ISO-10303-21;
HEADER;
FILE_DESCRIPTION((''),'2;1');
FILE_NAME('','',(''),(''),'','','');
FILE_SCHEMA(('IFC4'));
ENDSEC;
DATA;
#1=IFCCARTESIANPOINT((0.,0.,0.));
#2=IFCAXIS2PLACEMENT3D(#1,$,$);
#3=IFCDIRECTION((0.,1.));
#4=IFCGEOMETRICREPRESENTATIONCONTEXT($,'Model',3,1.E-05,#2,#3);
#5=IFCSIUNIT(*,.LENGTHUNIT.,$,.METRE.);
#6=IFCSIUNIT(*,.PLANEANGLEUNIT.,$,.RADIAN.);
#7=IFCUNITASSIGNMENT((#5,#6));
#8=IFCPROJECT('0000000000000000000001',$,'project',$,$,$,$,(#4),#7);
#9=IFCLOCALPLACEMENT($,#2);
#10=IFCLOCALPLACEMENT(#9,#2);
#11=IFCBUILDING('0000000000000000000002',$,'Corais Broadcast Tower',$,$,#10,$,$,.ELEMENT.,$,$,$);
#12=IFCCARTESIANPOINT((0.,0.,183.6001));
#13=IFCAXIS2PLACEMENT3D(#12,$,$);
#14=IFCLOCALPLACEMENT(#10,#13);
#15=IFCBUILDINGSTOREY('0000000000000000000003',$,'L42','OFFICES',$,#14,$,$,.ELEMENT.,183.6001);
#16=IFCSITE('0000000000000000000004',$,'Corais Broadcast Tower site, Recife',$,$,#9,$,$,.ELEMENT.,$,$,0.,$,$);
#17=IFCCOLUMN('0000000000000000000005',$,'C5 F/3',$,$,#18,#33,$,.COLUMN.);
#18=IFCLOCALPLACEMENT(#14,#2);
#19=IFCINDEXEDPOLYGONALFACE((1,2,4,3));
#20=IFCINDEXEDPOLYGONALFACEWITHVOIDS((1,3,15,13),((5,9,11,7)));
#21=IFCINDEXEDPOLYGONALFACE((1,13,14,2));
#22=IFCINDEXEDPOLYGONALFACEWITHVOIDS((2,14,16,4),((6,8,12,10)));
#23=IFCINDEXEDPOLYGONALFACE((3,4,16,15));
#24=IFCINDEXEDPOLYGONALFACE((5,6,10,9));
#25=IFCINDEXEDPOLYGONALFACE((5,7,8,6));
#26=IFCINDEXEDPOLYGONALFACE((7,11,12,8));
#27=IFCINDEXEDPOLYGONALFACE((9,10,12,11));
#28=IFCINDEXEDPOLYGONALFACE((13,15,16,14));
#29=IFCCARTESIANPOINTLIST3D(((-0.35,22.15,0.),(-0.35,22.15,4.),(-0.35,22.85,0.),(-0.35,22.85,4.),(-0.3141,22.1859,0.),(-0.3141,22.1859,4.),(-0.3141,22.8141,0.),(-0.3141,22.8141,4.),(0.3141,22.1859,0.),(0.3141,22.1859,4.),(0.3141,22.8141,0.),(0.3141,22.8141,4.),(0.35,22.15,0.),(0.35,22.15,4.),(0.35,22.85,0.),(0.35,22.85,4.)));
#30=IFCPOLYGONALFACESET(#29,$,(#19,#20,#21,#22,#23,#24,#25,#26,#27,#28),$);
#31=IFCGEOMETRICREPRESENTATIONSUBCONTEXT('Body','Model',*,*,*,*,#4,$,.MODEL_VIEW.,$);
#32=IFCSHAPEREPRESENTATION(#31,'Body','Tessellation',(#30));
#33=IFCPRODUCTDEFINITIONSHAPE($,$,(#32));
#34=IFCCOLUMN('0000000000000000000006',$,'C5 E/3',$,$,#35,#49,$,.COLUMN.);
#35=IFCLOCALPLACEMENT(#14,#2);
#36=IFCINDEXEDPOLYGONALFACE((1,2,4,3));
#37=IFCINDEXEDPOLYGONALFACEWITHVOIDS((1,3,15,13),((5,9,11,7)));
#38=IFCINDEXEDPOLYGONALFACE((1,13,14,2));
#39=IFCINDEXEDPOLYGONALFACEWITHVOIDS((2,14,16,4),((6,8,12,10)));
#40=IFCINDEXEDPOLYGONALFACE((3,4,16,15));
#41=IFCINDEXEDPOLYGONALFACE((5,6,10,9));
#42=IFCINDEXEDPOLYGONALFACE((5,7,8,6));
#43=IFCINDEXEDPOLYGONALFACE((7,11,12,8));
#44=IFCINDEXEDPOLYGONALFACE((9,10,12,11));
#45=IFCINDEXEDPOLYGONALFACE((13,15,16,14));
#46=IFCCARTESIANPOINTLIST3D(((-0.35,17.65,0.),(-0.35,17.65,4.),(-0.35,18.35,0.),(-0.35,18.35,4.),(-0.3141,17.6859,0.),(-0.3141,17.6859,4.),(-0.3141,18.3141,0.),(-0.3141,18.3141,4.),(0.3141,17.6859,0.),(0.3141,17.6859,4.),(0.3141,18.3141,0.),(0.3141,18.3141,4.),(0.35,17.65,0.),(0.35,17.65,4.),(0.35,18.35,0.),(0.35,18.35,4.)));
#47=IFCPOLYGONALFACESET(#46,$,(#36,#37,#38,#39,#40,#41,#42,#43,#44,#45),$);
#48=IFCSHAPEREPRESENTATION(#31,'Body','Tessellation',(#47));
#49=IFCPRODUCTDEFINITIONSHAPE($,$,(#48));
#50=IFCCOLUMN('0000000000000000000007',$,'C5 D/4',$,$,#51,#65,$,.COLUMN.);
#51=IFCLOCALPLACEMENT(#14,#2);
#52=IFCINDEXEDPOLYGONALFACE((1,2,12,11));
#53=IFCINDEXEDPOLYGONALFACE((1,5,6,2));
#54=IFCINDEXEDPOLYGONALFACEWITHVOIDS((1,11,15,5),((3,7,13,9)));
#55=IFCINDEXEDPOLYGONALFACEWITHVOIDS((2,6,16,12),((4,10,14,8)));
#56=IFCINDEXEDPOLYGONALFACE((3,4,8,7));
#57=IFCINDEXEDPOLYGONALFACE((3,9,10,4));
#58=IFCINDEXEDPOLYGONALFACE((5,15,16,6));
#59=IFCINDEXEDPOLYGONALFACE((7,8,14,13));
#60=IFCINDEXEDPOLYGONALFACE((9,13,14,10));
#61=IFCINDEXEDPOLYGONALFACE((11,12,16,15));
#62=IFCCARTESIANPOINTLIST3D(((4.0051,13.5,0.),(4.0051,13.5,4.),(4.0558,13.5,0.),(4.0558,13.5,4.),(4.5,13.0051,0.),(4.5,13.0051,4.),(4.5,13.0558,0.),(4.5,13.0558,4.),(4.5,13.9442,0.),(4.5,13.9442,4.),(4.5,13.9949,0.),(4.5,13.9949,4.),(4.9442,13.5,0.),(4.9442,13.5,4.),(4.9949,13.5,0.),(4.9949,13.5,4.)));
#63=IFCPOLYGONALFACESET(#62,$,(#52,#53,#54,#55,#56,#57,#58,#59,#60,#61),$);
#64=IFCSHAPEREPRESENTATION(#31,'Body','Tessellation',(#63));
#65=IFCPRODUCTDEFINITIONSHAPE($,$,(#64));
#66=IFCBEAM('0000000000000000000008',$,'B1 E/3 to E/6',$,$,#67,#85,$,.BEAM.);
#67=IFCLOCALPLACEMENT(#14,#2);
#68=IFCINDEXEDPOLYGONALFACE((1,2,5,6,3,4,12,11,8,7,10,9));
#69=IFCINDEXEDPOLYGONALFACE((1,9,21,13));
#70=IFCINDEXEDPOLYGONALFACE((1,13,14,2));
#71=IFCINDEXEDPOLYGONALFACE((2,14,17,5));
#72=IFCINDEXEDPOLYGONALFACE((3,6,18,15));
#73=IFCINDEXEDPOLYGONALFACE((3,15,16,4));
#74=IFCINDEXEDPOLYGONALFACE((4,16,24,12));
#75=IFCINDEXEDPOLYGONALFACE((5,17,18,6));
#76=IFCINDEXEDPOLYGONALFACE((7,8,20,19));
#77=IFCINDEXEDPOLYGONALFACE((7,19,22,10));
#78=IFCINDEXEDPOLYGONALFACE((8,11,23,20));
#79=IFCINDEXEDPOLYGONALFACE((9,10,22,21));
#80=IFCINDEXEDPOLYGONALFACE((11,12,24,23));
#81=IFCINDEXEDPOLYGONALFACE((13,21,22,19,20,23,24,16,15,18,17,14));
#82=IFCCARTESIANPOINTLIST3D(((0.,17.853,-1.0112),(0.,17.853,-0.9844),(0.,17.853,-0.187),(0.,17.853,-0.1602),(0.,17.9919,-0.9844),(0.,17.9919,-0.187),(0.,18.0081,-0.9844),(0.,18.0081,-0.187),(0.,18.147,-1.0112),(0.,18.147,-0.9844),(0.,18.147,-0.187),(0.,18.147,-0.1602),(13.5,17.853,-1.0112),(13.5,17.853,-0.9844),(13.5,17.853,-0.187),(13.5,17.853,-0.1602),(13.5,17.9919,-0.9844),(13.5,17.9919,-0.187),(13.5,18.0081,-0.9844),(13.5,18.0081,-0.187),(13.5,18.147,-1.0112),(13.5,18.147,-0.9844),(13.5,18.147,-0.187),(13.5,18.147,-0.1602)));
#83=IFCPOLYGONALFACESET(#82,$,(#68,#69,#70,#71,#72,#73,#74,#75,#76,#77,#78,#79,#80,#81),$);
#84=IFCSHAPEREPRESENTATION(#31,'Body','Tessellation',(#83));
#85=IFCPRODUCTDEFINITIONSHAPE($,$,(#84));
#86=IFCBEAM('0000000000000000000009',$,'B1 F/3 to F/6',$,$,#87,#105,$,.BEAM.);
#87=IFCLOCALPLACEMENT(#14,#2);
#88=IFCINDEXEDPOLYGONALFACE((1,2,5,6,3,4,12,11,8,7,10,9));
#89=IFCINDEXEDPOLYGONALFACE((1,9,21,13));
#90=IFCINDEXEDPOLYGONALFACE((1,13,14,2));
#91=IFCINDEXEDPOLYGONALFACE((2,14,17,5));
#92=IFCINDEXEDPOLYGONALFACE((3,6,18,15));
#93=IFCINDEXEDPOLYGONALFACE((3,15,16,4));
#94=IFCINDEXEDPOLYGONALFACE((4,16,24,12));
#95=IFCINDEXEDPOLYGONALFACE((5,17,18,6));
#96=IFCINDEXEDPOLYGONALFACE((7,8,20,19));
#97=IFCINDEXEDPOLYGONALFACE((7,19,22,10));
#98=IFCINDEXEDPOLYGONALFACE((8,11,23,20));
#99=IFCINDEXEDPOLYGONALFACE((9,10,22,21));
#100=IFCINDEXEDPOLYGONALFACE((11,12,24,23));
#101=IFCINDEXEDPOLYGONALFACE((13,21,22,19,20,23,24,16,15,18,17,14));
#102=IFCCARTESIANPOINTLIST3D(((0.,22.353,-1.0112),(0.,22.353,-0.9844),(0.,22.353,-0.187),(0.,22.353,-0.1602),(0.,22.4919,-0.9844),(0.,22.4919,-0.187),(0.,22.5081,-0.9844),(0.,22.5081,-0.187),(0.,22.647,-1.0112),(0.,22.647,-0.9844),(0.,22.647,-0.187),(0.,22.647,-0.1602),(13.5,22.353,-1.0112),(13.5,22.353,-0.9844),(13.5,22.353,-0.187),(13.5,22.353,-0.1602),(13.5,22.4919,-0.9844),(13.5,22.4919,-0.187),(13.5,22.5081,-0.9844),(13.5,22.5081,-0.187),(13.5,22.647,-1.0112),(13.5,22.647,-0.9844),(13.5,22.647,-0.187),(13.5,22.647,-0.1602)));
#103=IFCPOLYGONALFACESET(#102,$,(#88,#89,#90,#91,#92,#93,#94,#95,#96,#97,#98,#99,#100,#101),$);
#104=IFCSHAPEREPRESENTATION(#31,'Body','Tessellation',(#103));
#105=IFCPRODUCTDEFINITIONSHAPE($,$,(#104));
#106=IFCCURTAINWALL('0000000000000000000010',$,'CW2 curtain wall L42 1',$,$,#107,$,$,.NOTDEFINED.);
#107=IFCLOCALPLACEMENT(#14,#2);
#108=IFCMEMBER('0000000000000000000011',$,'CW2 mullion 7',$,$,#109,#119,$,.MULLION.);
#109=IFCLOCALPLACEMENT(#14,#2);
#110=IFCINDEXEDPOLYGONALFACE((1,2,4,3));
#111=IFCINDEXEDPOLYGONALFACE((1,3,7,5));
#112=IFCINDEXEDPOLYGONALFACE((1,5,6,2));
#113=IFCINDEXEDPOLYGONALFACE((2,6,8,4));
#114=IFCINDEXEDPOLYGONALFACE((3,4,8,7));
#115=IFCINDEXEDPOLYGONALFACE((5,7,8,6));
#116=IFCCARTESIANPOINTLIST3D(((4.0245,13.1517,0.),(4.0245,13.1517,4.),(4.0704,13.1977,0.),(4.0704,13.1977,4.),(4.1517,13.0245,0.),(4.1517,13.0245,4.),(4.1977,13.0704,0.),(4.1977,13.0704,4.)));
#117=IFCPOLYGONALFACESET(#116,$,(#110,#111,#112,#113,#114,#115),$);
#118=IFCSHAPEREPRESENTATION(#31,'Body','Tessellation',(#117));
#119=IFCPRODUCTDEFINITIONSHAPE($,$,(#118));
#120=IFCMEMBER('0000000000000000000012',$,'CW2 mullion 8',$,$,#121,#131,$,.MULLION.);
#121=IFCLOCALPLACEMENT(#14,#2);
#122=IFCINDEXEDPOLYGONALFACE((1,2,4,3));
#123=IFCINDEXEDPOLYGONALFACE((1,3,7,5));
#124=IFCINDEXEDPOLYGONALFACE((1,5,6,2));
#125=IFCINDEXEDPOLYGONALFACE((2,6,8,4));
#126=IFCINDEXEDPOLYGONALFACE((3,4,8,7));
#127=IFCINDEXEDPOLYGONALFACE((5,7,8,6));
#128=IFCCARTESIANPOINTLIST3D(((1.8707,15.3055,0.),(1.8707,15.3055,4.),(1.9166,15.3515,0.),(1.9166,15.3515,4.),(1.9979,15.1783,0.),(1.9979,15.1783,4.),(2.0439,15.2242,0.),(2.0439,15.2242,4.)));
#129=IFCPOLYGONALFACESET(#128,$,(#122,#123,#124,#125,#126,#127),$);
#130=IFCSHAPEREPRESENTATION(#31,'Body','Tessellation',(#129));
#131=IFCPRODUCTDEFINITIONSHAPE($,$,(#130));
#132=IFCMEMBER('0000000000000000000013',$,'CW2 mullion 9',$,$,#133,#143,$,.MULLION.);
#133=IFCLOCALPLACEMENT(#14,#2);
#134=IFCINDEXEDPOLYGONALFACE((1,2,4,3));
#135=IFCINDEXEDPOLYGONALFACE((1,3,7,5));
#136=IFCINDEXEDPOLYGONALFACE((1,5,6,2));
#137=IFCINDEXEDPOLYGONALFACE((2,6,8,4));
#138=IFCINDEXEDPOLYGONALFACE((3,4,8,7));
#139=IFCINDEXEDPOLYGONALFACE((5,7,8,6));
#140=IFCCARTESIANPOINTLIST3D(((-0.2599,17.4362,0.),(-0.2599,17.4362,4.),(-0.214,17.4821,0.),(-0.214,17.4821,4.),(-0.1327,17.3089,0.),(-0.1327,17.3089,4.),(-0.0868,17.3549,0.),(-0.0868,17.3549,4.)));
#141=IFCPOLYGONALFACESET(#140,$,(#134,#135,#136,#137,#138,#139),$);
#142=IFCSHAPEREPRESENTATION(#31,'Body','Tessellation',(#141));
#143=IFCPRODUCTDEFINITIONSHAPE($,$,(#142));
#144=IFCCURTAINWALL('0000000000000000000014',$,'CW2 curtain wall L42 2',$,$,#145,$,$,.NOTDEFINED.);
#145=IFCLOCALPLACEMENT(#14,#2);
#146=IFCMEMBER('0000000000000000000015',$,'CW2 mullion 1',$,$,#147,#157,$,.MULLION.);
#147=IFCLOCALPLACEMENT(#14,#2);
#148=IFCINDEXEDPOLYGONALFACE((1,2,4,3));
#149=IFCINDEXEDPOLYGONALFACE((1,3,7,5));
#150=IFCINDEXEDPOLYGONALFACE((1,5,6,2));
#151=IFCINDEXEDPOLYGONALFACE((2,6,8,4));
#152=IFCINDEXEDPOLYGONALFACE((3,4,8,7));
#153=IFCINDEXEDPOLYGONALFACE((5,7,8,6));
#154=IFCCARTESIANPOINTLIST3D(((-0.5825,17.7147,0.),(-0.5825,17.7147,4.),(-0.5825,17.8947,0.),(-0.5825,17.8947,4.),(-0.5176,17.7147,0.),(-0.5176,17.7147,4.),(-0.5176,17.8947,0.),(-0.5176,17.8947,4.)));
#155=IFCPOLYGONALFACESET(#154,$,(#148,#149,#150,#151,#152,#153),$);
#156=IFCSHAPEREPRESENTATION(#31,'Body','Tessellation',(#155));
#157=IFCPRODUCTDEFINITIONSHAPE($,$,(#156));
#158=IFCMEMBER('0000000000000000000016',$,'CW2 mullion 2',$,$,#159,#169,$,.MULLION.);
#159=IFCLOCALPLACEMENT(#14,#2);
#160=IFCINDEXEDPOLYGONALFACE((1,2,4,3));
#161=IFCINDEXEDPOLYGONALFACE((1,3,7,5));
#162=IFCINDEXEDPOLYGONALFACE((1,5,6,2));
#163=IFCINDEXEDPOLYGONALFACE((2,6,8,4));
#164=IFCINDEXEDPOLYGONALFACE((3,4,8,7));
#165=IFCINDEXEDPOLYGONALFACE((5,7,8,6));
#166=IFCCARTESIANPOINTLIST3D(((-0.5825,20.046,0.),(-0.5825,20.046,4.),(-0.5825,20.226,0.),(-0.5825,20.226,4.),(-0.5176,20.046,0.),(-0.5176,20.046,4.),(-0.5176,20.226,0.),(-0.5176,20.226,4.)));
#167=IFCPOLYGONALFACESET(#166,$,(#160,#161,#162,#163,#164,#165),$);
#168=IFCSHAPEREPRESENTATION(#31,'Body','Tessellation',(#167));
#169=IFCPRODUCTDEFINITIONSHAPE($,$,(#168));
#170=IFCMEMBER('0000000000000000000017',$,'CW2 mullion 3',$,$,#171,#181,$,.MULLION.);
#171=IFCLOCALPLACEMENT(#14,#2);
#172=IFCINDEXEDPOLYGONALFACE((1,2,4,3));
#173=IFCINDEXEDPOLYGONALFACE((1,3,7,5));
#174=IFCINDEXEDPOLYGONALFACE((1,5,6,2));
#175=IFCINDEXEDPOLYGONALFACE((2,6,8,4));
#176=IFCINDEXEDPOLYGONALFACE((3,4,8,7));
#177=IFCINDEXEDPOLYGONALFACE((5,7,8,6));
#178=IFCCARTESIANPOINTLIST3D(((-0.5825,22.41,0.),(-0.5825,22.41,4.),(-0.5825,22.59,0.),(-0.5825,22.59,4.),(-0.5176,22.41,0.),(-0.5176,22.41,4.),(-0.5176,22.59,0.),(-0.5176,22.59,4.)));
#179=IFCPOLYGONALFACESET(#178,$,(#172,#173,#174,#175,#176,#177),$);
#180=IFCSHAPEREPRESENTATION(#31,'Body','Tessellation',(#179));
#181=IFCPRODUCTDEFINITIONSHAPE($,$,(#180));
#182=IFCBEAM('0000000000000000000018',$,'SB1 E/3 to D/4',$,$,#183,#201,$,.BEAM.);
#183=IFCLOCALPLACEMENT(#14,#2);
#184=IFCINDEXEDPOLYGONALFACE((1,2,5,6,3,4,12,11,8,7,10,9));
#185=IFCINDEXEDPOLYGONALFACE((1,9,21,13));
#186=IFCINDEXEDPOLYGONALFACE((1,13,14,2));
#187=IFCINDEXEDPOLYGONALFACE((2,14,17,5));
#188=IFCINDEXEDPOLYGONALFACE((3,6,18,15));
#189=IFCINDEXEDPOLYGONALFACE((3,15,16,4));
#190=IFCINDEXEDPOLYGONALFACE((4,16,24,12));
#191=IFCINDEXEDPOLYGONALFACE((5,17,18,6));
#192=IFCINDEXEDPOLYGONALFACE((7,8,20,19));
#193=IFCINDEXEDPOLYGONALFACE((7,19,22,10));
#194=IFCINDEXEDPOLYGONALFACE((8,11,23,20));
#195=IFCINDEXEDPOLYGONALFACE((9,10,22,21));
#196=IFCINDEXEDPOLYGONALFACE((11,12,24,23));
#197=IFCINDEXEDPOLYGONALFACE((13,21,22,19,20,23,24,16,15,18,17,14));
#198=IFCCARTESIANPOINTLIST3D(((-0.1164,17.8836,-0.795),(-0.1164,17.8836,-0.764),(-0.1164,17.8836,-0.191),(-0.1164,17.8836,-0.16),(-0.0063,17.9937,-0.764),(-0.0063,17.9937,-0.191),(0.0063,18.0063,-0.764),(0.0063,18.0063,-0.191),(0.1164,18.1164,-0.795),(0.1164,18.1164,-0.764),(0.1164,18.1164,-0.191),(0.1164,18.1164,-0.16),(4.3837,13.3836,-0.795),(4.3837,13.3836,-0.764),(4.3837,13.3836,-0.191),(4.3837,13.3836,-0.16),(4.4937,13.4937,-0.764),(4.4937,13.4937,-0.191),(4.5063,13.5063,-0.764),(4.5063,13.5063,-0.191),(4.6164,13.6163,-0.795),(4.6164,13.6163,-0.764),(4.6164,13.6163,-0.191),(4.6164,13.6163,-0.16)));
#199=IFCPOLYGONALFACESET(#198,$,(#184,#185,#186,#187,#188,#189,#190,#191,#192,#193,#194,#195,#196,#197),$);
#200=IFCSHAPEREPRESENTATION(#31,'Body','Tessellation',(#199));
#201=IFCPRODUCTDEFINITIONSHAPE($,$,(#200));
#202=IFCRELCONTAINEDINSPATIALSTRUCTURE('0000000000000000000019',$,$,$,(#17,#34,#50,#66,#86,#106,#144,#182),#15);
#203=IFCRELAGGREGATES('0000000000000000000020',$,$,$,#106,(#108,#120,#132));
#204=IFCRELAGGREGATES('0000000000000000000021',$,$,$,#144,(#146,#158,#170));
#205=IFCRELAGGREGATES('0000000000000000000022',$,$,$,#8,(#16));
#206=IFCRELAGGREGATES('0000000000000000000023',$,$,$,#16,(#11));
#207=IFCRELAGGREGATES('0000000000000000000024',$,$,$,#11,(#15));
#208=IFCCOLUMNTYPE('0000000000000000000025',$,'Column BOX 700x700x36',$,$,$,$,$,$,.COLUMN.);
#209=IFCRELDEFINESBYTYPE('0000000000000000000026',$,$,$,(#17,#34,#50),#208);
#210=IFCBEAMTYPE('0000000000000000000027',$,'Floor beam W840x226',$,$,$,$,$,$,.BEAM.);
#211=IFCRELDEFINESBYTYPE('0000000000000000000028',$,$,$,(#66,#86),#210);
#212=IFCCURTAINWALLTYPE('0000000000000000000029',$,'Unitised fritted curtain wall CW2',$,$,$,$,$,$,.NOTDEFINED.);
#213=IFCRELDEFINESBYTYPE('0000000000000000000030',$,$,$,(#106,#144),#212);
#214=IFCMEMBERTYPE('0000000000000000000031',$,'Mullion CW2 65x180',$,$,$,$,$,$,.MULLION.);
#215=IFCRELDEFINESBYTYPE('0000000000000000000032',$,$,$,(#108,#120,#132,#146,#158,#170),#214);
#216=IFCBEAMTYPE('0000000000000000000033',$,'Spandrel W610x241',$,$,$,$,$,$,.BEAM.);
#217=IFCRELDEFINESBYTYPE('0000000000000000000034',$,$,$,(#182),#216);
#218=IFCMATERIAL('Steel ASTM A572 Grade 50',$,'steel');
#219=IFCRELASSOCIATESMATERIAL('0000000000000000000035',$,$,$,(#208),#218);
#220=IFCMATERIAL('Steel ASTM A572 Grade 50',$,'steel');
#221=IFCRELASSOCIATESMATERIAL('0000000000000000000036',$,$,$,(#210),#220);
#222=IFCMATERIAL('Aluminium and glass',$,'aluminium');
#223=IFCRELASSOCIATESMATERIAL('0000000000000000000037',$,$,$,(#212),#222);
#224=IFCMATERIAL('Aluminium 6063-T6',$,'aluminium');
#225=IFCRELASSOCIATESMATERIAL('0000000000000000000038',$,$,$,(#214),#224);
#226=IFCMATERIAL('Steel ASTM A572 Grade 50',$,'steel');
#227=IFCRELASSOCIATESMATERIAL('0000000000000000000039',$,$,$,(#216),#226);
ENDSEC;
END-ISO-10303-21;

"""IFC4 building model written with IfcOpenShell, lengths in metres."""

from ifc_helpers import new_model, si_unit, direction, frame, origin, origin_2d, place, context, subcontext, project, spatial, rectangle, hollow_rectangle, i_section, extrude, material, material_profile, profile_set, type_object, element, aggregate, save


model = new_model("IFC4")

# Units and contexts
model_context = context("Model", 3, precision=1e-05, world=origin(), true_north=direction((0.0, 1.0)))
body_context = subcontext(model_context, "Body", "Model", "MODEL_VIEW")
ifc_project = project(units=[si_unit("LENGTHUNIT", "METRE"), si_unit("PLANEANGLEUNIT", "RADIAN")], contexts=[model_context])

# Site, building, storey
site_placement = place(None, origin())
site = spatial("IfcSite", under=ifc_project, at=site_placement, Name="Corais Broadcast Tower site, Recife", CompositionType="ELEMENT", RefElevation=0.0)
building_placement = place(site_placement, origin())
building = spatial("IfcBuilding", under=site, at=building_placement, Name="Corais Broadcast Tower", CompositionType="ELEMENT")
storey_placement = place(building_placement, frame((0.0, 0.0, 183.6001)))
storey = spatial("IfcBuildingStorey", under=building, at=storey_placement, Name="L42", Description="OFFICES", CompositionType="ELEMENT", Elevation=183.6001)

# Columns
ifc_material_1 = material(Name="Steel ASTM A572 Grade 50", Category="steel")
ifc_material_profile_1 = material_profile(ifc_material_1, hollow_rectangle(XDim=0.7, YDim=0.7, WallThickness=0.0359, at=origin_2d()), Name="BOX 700x700x36")
ifc_profile_set_1 = profile_set([ifc_material_profile_1], Name="Steel ASTM A572 Grade 50")
column_type = type_object("IfcColumnType", Name="Column BOX 700x700x36", PredefinedType="COLUMN", material=ifc_profile_set_1)
for number, where, z_axis, x_axis, name in (
    (1, (0.0, 22.5, 0.0), (0.0, 0.0, 1.0), (1.0, 0.0, 0.0), "C5 F/3"),
    (2, (0.0, 18.0, 0.0), (0.0, 0.0, 1.0), (1.0, 0.0, 0.0), "C5 E/3"),
    (3, (4.5, 13.5, 0.0), (0.0, 0.0, 1.0), (0.707107, 0.707107, 0.0), "C5 D/4"),
):
    element("IfcColumn", number, at=place(storey_placement, frame(where, z_axis=z_axis, x_axis=x_axis)), inside=storey, type_object=column_type, Name=name, PredefinedType="COLUMN", context=body_context, shape_type="SweptSolid", body=[
        extrude(hollow_rectangle(XDim=0.7, YDim=0.7, WallThickness=0.0359, at=origin_2d()), origin(), (0.0, 0.0, 1.0), 4.0),
    ])

# Beams
ifc_material_2 = material(Name="Steel ASTM A572 Grade 50", Category="steel")
ifc_material_profile_2 = material_profile(ifc_material_2, i_section(OverallWidth=0.2939, OverallDepth=0.8511, WebThickness=0.0161, FlangeThickness=0.0269, at=origin_2d()), Name="W840x226")
ifc_profile_set_2 = profile_set([ifc_material_profile_2], Name="Steel ASTM A572 Grade 50")
beam_type_1 = type_object("IfcBeamType", Name="Floor beam W840x226", PredefinedType="BEAM", material=ifc_profile_set_2)
for number, where, z_axis, x_axis, name in (
    (4, (0.0, 18.0, -0.5857), (1.0, 0.0, 0.0), (0.0, 1.0, 0.0), "B1 E/3 to E/6"),
    (5, (0.0, 22.5, -0.5857), (1.0, 0.0, 0.0), (0.0, 1.0, 0.0), "B1 F/3 to F/6"),
):
    element("IfcBeam", number, at=place(storey_placement, frame(where, z_axis=z_axis, x_axis=x_axis)), inside=storey, type_object=beam_type_1, Name=name, PredefinedType="BEAM", context=body_context, shape_type="SweptSolid", body=[
        extrude(i_section(OverallWidth=0.2939, OverallDepth=0.8511, WebThickness=0.0161, FlangeThickness=0.0269, at=origin_2d()), origin(), (0.0, 0.0, 1.0), 13.5),
    ])

# Curtain walls, members
ifc_material_3 = material(Name="Aluminium and glass", Category="aluminium")
curtain_wall_type = type_object("IfcCurtainWallType", Name="Unitised fritted curtain wall CW2", PredefinedType="NOTDEFINED", material=ifc_material_3)
curtain_wall_1_placement = place(storey_placement, origin())
curtain_wall_1 = element("IfcCurtainWall", 6, at=curtain_wall_1_placement, inside=storey, type_object=curtain_wall_type, Name="CW2 curtain wall L42 1", PredefinedType="NOTDEFINED")
ifc_material_4 = material(Name="Aluminium 6063-T6", Category="aluminium")
ifc_material_profile_3 = material_profile(ifc_material_4, rectangle(XDim=0.0649, YDim=0.1799, at=origin_2d()), Name="Mullion CW2 65x180")
ifc_profile_set_3 = profile_set([ifc_material_profile_3], Name="Aluminium 6063-T6")
member_type_1 = type_object("IfcMemberType", Name="Mullion CW2 65x180", PredefinedType="MULLION", material=ifc_profile_set_3)
member_1_placement = place(storey_placement, frame((4.1111, 13.1111, 0.0), z_axis=(0.0, 0.0, 1.0), x_axis=(-0.707107, -0.707107, 0.0)))
member_1 = element("IfcMember", 7, at=member_1_placement, type_object=member_type_1, Name="CW2 mullion 7", PredefinedType="MULLION", context=body_context, shape_type="SweptSolid", body=[
    extrude(rectangle(XDim=0.0649, YDim=0.1799, at=origin_2d()), origin(), (0.0, 0.0, 1.0), 4.0),
])
member_2_placement = place(storey_placement, frame((1.9573, 15.2649, 0.0), z_axis=(0.0, 0.0, 1.0), x_axis=(-0.707107, -0.707107, 0.0)))
member_2 = element("IfcMember", 8, at=member_2_placement, type_object=member_type_1, Name="CW2 mullion 8", PredefinedType="MULLION", context=body_context, shape_type="SweptSolid", body=[
    extrude(rectangle(XDim=0.0649, YDim=0.1799, at=origin_2d()), origin(), (0.0, 0.0, 1.0), 4.0),
])
member_3_placement = place(storey_placement, frame((-0.1733, 17.3955, 0.0), z_axis=(0.0, 0.0, 1.0), x_axis=(-0.707107, -0.707107, 0.0)))
member_3 = element("IfcMember", 9, at=member_3_placement, type_object=member_type_1, Name="CW2 mullion 9", PredefinedType="MULLION", context=body_context, shape_type="SweptSolid", body=[
    extrude(rectangle(XDim=0.0649, YDim=0.1799, at=origin_2d()), origin(), (0.0, 0.0, 1.0), 4.0),
])
curtain_wall_2_placement = place(storey_placement, origin())
curtain_wall_2 = element("IfcCurtainWall", 10, at=curtain_wall_2_placement, inside=storey, type_object=curtain_wall_type, Name="CW2 curtain wall L42 2", PredefinedType="NOTDEFINED")
member_4_placement = place(storey_placement, frame((-0.55, 17.8047, 0.0), z_axis=(0.0, 0.0, 1.0), x_axis=(-1.0, 0.0, 0.0)))
member_4 = element("IfcMember", 11, at=member_4_placement, type_object=member_type_1, Name="CW2 mullion 1", PredefinedType="MULLION", context=body_context, shape_type="SweptSolid", body=[
    extrude(rectangle(XDim=0.0649, YDim=0.1799, at=origin_2d()), origin(), (0.0, 0.0, 1.0), 4.0),
])
member_5_placement = place(storey_placement, frame((-0.55, 20.136, 0.0), z_axis=(0.0, 0.0, 1.0), x_axis=(-1.0, 0.0, 0.0)))
member_5 = element("IfcMember", 12, at=member_5_placement, type_object=member_type_1, Name="CW2 mullion 2", PredefinedType="MULLION", context=body_context, shape_type="SweptSolid", body=[
    extrude(rectangle(XDim=0.0649, YDim=0.1799, at=origin_2d()), origin(), (0.0, 0.0, 1.0), 4.0),
])
member_6_placement = place(storey_placement, frame((-0.55, 22.5, 0.0), z_axis=(0.0, 0.0, 1.0), x_axis=(-1.0, 0.0, 0.0)))
member_6 = element("IfcMember", 13, at=member_6_placement, type_object=member_type_1, Name="CW2 mullion 3", PredefinedType="MULLION", context=body_context, shape_type="SweptSolid", body=[
    extrude(rectangle(XDim=0.0649, YDim=0.1799, at=origin_2d()), origin(), (0.0, 0.0, 1.0), 4.0),
])

# Beam
ifc_material_5 = material(Name="Steel ASTM A572 Grade 50", Category="steel")
ifc_material_profile_4 = material_profile(ifc_material_5, i_section(OverallWidth=0.3291, OverallDepth=0.635, WebThickness=0.0178, FlangeThickness=0.031, at=origin_2d()), Name="W610x241")
ifc_profile_set_4 = profile_set([ifc_material_profile_4], Name="Steel ASTM A572 Grade 50")
beam_type_2 = type_object("IfcBeamType", Name="Spandrel W610x241", PredefinedType="BEAM", material=ifc_profile_set_4)
beam_1_placement = place(storey_placement, frame((0.0, 18.0, -0.4775), z_axis=(0.707107, -0.707107, 0.0), x_axis=(0.707107, 0.707107, 0.0)))
element("IfcBeam", 14, at=beam_1_placement, inside=storey, type_object=beam_type_2, Name="SB1 E/3 to D/4", PredefinedType="BEAM", context=body_context, shape_type="SweptSolid", body=[
    extrude(i_section(OverallWidth=0.3291, OverallDepth=0.635, WebThickness=0.0178, FlangeThickness=0.031, at=origin_2d()), origin(), (0.0, 0.0, 1.0), 6.364),
])

aggregate(curtain_wall_1, [member_1, member_2, member_3])
aggregate(curtain_wall_2, [member_4, member_5, member_6])

save(model, "model.ifc")
